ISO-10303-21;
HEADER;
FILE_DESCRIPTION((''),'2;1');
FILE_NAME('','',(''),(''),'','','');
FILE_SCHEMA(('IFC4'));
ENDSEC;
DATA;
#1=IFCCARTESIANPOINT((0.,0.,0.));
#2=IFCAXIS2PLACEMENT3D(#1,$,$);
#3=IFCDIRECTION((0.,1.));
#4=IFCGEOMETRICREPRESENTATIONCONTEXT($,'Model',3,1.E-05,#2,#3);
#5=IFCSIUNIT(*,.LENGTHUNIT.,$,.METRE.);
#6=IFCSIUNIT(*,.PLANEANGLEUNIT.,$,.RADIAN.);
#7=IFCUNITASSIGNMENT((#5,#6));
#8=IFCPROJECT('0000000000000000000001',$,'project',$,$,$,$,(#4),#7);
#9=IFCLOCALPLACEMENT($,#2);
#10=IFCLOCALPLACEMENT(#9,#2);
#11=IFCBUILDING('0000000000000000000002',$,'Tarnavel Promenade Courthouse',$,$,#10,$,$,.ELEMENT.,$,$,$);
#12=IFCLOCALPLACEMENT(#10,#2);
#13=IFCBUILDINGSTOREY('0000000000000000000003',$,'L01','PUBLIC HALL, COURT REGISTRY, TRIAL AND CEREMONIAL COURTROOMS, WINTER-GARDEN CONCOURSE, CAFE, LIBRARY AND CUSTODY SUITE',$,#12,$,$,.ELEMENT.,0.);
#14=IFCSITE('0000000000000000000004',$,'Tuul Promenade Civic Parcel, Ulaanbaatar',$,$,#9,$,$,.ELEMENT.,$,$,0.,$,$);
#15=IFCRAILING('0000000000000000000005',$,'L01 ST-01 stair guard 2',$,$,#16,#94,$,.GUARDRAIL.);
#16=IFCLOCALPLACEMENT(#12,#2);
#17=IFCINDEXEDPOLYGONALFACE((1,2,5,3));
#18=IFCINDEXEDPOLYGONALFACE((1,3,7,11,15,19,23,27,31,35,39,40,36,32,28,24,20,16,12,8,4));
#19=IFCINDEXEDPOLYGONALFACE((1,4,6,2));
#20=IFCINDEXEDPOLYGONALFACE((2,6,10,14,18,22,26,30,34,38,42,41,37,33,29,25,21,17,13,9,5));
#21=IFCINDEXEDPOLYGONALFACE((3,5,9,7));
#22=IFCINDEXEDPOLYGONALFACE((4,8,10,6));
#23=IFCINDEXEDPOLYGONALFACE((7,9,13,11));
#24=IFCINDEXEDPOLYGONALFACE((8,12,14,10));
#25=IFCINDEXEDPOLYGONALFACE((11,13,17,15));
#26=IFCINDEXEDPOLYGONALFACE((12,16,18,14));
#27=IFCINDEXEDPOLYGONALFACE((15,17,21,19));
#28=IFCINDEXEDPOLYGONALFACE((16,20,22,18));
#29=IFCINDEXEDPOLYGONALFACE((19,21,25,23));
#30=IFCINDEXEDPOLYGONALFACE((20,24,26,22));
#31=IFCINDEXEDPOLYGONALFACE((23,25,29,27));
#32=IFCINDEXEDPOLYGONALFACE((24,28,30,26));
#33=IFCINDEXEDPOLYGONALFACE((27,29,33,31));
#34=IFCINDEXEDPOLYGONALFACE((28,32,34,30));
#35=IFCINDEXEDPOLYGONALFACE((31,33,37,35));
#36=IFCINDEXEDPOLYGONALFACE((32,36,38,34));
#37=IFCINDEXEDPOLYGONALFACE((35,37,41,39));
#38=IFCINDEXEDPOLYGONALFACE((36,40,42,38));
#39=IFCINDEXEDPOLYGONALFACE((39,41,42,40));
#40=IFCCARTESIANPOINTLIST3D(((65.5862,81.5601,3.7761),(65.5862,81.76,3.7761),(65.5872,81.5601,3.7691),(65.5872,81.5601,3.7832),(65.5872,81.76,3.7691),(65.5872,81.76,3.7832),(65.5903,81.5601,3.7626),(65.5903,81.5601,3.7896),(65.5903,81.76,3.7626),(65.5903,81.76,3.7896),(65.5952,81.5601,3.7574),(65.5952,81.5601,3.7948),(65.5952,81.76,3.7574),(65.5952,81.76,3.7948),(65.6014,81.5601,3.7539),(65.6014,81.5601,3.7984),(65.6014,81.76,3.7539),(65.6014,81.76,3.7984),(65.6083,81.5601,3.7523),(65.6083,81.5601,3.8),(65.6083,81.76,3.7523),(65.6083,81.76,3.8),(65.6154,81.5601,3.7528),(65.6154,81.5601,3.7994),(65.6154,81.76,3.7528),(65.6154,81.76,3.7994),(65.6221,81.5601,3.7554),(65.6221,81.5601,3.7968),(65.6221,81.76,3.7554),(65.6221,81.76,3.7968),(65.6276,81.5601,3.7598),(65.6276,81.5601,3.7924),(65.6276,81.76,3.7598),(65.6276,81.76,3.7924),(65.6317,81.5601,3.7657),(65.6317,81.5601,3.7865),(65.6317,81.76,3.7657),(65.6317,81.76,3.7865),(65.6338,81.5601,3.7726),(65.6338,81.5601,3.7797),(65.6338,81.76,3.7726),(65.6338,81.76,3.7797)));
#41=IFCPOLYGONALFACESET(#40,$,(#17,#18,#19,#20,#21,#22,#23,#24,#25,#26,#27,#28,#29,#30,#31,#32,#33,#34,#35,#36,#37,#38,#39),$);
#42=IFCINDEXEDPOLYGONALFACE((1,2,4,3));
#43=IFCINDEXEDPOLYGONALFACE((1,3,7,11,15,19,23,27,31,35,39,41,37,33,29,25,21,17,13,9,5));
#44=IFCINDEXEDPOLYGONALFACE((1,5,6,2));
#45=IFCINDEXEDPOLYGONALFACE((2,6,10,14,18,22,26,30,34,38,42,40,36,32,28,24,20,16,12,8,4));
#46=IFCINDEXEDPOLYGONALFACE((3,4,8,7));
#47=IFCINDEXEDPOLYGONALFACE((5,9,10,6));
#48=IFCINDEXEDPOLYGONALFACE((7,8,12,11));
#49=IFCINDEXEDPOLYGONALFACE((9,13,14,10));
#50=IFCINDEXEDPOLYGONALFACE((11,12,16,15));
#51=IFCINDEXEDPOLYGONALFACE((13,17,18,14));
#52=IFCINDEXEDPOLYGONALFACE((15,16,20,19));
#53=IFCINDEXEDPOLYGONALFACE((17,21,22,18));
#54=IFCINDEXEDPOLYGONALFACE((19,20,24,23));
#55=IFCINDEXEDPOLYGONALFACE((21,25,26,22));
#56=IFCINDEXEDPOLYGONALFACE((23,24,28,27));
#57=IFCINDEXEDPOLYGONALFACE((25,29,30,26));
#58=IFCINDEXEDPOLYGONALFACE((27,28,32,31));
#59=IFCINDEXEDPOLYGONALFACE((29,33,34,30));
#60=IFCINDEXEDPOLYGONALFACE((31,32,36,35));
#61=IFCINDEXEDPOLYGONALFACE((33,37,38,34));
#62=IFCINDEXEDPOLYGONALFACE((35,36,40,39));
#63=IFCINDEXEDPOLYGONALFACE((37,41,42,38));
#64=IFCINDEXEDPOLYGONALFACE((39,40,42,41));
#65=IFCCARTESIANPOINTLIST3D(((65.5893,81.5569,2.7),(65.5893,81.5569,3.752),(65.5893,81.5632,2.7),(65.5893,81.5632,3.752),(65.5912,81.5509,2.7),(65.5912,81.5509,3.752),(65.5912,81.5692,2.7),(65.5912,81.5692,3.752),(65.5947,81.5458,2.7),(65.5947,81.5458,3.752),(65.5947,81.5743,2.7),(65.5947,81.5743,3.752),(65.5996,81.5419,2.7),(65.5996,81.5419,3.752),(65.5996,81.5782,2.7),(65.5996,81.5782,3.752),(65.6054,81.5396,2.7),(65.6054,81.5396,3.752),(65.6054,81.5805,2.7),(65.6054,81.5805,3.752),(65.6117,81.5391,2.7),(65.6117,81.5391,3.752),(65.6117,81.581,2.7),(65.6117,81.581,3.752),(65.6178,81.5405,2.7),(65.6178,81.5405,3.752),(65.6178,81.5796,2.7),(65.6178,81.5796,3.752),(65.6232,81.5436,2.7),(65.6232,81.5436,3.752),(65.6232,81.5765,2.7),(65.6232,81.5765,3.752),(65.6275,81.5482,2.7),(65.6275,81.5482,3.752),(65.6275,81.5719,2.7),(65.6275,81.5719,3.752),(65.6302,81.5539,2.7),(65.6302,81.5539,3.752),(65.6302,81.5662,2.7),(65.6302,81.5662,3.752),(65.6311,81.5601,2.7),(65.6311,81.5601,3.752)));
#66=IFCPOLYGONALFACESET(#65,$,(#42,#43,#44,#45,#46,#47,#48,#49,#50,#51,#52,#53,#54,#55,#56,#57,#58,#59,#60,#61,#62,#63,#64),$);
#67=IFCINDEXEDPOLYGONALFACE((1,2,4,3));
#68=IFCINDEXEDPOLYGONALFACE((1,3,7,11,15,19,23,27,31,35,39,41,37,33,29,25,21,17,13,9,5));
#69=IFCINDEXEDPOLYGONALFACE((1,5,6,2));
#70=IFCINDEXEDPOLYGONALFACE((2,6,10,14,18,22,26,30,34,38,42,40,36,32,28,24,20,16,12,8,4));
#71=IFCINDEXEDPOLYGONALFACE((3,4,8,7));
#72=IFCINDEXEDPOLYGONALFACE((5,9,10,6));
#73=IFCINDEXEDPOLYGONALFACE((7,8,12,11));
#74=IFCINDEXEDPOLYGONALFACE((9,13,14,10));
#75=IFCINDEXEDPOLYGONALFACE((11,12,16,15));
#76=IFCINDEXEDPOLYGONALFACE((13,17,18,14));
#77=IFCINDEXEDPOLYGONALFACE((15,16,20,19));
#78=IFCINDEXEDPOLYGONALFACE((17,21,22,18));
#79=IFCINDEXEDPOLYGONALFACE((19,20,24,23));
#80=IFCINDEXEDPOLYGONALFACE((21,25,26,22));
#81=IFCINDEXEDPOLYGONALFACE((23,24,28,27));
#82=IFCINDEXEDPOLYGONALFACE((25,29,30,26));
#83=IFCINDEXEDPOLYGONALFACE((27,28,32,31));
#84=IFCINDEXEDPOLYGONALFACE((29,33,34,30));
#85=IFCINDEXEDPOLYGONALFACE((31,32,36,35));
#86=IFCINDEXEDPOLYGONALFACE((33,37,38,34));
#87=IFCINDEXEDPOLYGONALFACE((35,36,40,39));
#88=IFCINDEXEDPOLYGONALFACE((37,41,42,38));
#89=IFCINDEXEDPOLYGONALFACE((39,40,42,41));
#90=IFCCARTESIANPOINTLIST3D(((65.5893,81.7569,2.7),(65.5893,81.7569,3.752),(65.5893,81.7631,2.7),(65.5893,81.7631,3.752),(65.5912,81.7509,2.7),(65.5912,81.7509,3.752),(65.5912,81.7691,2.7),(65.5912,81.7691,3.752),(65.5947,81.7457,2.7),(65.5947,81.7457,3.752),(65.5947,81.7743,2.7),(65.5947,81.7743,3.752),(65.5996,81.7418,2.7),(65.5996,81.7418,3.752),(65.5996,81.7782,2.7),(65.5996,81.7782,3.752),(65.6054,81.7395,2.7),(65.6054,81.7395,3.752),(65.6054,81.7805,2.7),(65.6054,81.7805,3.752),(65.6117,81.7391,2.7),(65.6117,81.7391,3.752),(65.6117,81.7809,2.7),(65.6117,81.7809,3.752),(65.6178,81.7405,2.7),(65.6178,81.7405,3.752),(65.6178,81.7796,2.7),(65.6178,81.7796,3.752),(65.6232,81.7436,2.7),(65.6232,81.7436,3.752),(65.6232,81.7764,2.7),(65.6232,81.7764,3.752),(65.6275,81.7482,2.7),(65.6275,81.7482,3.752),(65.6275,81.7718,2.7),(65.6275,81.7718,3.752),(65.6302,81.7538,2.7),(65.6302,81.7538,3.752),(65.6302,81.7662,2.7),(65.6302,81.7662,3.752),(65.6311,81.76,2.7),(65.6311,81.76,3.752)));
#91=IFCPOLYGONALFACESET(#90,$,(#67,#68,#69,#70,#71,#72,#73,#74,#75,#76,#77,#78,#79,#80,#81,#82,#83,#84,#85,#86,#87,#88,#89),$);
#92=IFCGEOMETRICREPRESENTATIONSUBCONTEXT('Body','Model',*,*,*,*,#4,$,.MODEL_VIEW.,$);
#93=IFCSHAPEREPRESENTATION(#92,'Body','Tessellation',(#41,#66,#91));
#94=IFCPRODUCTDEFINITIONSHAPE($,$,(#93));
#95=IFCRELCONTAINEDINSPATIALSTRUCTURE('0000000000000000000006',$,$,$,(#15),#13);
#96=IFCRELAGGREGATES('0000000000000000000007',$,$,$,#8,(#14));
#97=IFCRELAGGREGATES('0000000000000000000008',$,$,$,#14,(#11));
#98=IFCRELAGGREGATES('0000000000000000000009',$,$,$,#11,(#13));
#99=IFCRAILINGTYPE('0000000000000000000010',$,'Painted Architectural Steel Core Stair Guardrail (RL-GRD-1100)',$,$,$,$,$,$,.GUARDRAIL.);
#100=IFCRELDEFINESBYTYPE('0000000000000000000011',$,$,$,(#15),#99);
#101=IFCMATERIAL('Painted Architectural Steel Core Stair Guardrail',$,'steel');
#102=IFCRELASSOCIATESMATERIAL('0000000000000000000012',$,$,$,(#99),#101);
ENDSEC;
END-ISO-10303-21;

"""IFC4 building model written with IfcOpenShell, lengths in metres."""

from ifc_helpers import new_model, si_unit, direction, frame, origin, origin_2d, place, context, subcontext, project, spatial, circle, extrude, material, type_object, element, save


model = new_model("IFC4")

# Units and contexts
model_context = context("Model", 3, precision=1e-05, world=origin(), true_north=direction((0.0, 1.0)))
body_context = subcontext(model_context, "Body", "Model", "MODEL_VIEW")
ifc_project = project(units=[si_unit("LENGTHUNIT", "METRE"), si_unit("PLANEANGLEUNIT", "RADIAN")], contexts=[model_context])

# Site, building, storey
site_placement = place(None, origin())
site = spatial("IfcSite", under=ifc_project, at=site_placement, Name="Tuul Promenade Civic Parcel, Ulaanbaatar", CompositionType="ELEMENT", RefElevation=0.0)
building_placement = place(site_placement, origin())
building = spatial("IfcBuilding", under=site, at=building_placement, Name="Tarnavel Promenade Courthouse", CompositionType="ELEMENT")
storey_placement = place(building_placement, origin())
storey = spatial("IfcBuildingStorey", under=building, at=storey_placement, Name="L01", Description="PUBLIC HALL, COURT REGISTRY, TRIAL AND CEREMONIAL COURTROOMS, WINTER-GARDEN CONCOURSE, CAFE, LIBRARY AND CUSTODY SUITE", CompositionType="ELEMENT", Elevation=0.0)

# Railing
ifc_material_1 = material(Name="Painted Architectural Steel Core Stair Guardrail", Category="steel")
railing_type_1 = type_object("IfcRailingType", Name="Painted Architectural Steel Core Stair Guardrail (RL-GRD-1100)", PredefinedType="GUARDRAIL", material=ifc_material_1)
railing_1_placement = place(storey_placement, frame((65.6101, 81.5601, 2.7)))
element("IfcRailing", 1, at=railing_1_placement, inside=storey, type_object=railing_type_1, Name="L01 ST-01 stair guard 2", PredefinedType="GUARDRAIL", context=body_context, shape_type="SweptSolid", body=[
    extrude(circle(Radius=0.0239, at=origin_2d()), frame((0.0, 0.0, 1.0762), z_axis=(0.0, 1.0, 0.0), x_axis=(-1.0, 0.0, 0.0)), (0.0, 0.0, 1.0), 0.2),
    extrude(circle(Radius=0.021, at=origin_2d()), origin(), (0.0, 0.0, 1.0), 1.052),
    extrude(circle(Radius=0.021, at=origin_2d()), frame((0.0, 0.2, 0.0)), (0.0, 0.0, 1.0), 1.052),
])

save(model, "model.ifc")
